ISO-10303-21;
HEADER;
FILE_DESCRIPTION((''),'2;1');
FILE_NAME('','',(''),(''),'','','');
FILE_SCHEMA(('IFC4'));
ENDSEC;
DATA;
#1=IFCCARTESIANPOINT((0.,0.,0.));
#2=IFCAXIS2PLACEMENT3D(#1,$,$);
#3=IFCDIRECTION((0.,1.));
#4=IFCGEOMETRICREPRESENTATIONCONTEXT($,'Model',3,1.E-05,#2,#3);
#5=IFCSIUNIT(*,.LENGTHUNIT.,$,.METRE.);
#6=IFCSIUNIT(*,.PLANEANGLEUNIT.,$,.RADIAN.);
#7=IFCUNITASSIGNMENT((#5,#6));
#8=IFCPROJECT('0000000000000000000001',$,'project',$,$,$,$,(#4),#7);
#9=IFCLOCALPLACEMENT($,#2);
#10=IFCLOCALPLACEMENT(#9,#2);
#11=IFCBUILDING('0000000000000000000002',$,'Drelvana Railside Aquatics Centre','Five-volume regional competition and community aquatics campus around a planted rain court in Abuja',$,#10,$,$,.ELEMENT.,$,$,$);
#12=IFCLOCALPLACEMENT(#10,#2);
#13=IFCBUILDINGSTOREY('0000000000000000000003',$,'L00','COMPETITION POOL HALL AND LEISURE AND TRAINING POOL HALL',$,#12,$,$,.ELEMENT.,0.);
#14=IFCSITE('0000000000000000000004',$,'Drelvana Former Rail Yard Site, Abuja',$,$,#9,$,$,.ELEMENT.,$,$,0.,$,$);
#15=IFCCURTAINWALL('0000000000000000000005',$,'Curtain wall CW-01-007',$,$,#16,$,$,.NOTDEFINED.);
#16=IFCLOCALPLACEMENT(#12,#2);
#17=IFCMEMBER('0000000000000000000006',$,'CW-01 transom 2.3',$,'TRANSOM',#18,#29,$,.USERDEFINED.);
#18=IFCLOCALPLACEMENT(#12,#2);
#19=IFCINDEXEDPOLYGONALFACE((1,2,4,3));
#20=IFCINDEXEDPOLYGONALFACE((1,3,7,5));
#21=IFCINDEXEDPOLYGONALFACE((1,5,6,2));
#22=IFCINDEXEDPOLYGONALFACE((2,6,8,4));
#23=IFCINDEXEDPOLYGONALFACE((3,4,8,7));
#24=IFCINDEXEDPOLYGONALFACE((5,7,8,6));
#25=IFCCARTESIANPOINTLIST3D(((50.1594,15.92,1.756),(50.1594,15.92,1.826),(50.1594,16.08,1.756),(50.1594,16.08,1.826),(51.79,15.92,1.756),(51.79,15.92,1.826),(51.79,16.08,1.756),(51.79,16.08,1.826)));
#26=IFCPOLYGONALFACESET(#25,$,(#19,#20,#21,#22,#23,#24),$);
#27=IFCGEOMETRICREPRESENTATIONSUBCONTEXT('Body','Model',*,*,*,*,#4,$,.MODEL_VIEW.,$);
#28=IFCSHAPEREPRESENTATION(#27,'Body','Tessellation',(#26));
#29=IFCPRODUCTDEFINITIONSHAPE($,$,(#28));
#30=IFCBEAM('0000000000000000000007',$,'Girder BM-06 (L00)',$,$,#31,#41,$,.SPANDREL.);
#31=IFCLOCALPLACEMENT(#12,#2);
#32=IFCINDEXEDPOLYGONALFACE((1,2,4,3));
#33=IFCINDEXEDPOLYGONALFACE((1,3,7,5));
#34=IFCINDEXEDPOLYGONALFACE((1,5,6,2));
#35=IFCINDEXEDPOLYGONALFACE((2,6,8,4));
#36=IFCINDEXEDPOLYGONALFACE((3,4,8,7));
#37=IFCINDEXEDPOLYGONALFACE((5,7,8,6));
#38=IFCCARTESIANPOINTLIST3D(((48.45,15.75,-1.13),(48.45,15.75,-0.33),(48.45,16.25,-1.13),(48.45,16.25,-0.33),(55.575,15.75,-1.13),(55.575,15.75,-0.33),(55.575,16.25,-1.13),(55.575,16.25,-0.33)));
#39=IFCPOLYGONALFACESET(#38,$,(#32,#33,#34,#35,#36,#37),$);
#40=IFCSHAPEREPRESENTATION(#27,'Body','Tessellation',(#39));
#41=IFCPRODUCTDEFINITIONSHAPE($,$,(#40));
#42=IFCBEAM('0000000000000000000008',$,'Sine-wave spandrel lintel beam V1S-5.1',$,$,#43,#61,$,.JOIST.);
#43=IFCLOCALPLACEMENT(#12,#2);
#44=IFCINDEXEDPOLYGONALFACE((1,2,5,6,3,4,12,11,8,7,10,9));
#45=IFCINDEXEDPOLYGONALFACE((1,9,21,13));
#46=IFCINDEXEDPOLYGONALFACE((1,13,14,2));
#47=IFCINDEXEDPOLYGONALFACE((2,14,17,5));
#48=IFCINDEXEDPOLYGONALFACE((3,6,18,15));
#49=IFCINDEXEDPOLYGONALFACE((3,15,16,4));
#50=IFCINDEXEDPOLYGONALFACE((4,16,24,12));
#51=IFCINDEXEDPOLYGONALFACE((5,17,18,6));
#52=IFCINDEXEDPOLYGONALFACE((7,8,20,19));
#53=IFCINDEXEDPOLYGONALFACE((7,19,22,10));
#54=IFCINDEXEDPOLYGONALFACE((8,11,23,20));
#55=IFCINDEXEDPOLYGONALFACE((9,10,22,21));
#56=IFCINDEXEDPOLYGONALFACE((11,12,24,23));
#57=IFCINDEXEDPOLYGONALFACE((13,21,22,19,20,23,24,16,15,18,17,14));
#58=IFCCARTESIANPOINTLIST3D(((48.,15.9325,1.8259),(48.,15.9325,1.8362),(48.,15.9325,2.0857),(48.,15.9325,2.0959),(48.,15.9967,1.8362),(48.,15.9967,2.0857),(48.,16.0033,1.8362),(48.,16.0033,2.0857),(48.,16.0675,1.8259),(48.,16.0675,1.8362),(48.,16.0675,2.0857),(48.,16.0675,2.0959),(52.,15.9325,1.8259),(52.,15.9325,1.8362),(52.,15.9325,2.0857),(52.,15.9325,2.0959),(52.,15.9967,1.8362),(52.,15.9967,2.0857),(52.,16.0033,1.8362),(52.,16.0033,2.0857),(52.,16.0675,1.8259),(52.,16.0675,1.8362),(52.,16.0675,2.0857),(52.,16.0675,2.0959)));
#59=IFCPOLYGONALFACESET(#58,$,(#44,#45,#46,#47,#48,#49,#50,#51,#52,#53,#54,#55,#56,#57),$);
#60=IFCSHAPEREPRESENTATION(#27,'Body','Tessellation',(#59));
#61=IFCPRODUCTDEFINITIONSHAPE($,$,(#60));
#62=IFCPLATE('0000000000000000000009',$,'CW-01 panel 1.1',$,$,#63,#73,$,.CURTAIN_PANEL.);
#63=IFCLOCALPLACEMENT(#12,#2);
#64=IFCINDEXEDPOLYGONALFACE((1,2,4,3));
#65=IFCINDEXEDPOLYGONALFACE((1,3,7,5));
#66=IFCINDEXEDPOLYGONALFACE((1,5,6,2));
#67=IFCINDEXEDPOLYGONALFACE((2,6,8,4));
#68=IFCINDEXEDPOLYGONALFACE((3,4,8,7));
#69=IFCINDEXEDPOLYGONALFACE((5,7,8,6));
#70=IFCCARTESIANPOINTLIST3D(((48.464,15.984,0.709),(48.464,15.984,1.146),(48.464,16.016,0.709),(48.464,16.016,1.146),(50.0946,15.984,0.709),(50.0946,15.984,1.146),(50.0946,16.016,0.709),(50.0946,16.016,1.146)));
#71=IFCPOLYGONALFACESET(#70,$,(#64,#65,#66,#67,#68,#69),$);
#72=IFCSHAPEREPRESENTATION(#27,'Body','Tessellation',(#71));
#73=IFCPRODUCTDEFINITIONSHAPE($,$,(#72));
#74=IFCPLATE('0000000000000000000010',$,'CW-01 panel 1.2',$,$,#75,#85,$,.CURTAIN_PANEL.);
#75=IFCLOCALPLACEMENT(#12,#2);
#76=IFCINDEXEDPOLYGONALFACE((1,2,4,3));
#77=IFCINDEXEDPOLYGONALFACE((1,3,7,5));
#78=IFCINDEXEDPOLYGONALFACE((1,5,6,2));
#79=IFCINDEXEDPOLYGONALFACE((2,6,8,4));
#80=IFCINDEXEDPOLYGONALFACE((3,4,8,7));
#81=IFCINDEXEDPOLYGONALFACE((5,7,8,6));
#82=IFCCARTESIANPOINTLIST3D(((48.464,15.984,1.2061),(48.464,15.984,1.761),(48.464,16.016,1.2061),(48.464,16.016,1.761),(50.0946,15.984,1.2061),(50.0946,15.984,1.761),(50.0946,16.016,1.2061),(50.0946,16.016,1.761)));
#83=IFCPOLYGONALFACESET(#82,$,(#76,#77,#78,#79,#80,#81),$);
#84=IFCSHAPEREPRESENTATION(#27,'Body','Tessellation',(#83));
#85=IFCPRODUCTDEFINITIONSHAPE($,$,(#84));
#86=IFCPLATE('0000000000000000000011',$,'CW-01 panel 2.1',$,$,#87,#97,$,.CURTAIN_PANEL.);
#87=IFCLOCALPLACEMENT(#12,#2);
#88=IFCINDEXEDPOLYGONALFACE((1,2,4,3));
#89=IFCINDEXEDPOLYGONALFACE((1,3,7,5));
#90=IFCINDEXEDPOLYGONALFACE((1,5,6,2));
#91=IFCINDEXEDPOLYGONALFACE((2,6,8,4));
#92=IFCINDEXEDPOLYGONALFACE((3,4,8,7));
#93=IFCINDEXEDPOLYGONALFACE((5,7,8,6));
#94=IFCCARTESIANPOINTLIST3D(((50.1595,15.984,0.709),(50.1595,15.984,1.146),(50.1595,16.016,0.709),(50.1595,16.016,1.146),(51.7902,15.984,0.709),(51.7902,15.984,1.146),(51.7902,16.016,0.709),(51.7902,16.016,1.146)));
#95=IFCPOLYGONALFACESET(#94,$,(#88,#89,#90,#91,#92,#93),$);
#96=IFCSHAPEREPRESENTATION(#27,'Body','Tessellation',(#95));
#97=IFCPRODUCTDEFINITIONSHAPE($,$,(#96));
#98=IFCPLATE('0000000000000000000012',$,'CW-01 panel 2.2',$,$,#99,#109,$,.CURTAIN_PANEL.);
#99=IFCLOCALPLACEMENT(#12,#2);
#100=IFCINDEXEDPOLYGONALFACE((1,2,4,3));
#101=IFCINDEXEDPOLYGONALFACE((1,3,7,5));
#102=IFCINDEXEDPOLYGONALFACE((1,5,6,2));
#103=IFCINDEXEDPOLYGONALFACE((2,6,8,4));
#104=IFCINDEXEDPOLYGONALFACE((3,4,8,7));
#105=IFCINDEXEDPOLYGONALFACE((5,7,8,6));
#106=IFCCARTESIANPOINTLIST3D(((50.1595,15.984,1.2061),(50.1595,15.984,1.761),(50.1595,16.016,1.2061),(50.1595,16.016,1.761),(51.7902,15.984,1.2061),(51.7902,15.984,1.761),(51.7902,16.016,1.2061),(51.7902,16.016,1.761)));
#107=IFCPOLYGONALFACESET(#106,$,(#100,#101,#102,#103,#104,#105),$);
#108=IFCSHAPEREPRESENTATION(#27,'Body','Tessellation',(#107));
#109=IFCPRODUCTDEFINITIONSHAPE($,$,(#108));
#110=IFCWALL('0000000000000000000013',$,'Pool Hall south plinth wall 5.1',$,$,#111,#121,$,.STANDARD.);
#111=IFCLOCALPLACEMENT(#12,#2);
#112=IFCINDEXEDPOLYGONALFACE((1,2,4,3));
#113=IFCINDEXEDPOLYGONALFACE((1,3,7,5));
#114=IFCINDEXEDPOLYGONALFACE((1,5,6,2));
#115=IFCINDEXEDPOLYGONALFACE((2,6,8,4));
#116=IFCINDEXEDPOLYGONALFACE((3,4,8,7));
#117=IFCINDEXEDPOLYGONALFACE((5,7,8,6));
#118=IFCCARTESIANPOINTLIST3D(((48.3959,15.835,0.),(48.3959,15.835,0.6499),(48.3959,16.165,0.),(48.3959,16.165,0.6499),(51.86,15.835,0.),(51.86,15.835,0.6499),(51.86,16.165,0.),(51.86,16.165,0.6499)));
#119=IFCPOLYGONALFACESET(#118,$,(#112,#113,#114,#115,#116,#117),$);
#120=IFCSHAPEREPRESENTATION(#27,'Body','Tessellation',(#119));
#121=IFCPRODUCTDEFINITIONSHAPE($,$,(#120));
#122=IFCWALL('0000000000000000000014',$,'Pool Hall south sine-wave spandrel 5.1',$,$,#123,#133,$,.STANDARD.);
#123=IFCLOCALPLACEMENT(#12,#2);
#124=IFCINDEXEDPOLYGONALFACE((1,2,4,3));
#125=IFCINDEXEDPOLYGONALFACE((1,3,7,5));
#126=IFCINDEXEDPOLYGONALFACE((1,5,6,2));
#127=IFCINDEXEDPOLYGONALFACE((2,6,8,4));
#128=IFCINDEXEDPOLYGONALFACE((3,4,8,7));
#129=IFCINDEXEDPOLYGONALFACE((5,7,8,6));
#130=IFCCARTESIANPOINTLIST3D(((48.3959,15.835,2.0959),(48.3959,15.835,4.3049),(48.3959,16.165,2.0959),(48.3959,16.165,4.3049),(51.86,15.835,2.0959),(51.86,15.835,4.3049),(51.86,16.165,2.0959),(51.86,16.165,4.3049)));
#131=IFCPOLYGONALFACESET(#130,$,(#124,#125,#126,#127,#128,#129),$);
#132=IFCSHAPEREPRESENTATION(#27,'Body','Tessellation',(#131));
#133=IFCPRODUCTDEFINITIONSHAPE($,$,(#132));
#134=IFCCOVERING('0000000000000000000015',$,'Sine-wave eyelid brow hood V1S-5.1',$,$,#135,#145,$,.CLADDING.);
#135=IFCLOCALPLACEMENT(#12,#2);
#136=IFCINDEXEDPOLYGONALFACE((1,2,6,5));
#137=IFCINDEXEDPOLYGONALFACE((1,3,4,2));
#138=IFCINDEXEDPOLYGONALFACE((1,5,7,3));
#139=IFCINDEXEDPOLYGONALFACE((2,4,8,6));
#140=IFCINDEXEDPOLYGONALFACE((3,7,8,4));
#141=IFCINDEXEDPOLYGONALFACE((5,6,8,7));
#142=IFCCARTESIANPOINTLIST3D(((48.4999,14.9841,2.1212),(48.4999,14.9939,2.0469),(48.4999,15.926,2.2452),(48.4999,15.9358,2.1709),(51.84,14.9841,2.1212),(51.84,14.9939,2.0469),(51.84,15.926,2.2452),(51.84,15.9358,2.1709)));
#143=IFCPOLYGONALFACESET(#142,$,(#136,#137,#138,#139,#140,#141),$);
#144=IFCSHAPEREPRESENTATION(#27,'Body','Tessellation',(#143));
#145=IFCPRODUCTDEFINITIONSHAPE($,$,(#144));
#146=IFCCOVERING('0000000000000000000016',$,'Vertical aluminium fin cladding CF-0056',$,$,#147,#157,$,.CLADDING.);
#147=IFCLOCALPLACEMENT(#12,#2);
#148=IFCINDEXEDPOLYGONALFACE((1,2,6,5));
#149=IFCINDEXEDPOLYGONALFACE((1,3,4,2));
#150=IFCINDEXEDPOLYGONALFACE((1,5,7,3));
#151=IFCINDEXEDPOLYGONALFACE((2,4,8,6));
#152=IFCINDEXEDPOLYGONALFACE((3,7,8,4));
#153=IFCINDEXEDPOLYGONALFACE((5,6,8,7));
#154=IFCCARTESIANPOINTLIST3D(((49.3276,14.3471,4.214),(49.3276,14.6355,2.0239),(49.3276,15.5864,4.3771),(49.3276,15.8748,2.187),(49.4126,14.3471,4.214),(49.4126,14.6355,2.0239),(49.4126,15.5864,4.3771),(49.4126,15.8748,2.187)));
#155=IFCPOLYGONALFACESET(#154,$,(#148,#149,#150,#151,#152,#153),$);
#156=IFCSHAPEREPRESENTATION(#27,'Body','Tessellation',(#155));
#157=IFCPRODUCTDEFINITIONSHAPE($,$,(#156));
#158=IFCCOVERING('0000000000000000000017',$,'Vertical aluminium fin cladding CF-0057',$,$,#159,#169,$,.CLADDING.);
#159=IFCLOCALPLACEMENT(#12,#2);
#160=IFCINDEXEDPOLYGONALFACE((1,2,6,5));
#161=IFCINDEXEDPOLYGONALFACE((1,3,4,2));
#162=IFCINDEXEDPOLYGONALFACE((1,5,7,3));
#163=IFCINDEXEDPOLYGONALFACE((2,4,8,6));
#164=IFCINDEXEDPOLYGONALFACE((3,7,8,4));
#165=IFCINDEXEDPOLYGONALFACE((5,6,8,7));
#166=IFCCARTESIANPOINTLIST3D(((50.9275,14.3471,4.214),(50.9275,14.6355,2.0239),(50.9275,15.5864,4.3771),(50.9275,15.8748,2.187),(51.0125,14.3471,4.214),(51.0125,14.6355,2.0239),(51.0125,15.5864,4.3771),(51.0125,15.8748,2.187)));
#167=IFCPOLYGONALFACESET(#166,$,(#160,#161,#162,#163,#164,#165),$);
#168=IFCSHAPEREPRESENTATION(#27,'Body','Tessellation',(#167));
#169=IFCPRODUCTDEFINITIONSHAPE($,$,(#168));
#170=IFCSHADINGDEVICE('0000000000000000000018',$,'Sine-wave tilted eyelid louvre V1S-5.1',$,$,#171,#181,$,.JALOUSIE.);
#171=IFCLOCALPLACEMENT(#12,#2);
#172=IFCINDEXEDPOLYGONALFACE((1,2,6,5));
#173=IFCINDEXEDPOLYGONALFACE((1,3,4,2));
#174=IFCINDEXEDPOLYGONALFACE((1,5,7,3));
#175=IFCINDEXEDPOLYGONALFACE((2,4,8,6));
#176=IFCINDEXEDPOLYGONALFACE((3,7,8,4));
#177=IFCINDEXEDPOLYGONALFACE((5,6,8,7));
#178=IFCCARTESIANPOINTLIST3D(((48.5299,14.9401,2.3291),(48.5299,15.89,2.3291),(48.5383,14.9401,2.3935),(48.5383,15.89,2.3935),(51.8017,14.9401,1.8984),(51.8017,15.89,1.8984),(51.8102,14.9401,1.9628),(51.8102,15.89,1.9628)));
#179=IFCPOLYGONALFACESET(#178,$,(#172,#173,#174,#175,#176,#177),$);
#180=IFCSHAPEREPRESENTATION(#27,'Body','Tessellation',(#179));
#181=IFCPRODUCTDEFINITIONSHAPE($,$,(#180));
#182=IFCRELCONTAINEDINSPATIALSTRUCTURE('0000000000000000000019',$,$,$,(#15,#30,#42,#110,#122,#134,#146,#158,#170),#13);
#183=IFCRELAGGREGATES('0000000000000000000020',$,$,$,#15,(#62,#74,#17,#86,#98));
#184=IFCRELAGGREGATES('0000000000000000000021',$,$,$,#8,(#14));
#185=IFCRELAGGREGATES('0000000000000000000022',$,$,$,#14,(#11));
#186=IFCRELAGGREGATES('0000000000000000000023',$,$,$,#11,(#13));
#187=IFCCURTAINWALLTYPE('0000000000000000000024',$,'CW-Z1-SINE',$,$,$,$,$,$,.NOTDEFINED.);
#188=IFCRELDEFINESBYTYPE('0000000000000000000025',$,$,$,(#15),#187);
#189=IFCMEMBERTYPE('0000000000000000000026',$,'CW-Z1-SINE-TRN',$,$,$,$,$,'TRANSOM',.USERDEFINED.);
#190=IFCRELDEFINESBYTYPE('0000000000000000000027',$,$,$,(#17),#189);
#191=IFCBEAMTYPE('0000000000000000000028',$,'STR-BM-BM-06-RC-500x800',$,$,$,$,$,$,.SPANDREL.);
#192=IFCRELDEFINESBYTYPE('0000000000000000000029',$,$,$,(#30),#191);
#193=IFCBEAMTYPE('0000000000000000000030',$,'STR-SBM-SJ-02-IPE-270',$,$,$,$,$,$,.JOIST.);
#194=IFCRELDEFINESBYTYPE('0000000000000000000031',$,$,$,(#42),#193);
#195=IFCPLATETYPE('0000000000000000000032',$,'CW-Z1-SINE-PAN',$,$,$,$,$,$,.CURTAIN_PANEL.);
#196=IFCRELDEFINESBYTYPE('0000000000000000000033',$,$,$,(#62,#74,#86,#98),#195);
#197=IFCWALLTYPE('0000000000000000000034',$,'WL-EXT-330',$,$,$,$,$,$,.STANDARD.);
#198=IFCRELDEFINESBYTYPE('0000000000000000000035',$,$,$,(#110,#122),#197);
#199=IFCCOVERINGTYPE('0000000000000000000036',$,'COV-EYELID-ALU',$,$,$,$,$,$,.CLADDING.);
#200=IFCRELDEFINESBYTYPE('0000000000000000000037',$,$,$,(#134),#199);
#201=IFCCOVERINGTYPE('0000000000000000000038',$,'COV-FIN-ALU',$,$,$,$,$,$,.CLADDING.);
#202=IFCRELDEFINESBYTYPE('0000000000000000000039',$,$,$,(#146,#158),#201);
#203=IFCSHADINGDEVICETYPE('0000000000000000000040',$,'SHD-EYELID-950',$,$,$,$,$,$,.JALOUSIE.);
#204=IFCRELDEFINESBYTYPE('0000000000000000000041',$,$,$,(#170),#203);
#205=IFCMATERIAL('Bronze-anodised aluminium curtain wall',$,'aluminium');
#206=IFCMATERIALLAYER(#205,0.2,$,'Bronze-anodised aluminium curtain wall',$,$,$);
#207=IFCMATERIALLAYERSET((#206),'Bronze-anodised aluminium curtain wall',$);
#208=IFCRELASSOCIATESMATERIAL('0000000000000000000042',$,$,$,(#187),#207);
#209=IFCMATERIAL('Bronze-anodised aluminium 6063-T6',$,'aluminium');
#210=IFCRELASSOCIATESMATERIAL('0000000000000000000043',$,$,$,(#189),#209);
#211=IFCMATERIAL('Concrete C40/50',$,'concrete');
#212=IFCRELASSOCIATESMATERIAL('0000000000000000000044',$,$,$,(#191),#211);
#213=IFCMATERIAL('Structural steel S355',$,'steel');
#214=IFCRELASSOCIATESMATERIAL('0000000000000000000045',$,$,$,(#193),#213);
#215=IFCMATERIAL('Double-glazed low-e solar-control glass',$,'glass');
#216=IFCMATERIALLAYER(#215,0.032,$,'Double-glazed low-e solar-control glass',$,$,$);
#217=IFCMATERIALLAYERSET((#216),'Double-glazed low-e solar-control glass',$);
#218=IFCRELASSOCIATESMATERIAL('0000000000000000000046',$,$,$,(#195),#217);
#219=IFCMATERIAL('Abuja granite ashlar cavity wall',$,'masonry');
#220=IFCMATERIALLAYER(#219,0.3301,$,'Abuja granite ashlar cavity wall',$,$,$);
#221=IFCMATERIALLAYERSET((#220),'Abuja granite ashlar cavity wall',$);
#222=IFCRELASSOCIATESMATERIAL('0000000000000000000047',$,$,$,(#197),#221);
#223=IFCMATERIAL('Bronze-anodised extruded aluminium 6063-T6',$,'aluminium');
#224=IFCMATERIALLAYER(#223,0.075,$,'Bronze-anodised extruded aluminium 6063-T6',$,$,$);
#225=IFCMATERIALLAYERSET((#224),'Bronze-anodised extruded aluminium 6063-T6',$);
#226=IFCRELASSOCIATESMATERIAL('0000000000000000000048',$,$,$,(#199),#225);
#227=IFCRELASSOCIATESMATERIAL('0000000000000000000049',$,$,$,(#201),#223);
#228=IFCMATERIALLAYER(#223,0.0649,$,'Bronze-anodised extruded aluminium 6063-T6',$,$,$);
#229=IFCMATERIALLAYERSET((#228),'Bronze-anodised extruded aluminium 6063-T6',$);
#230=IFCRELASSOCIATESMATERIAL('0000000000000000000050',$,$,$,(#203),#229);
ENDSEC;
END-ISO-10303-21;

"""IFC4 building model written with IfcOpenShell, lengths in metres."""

from ifc_helpers import new_model, si_unit, direction, frame, frame_2d, origin, origin_2d, place, context, subcontext, project, spatial, rectangle, i_section, extrude, material, layer, layer_set, material_profile, profile_set, type_object, element, aggregate, save


model = new_model("IFC4")

# Units and contexts
model_context = context("Model", 3, precision=1e-05, world=origin(), true_north=direction((0.0, 1.0)))
body_context = subcontext(model_context, "Body", "Model", "MODEL_VIEW")
ifc_project = project(units=[si_unit("LENGTHUNIT", "METRE"), si_unit("PLANEANGLEUNIT", "RADIAN")], contexts=[model_context])

# Site, building, storey
site_placement = place(None, origin())
site = spatial("IfcSite", under=ifc_project, at=site_placement, Name="Drelvana Former Rail Yard Site, Abuja", CompositionType="ELEMENT", RefElevation=0.0)
building_placement = place(site_placement, origin())
building = spatial("IfcBuilding", under=site, at=building_placement, Name="Drelvana Railside Aquatics Centre", Description="Five-volume regional competition and community aquatics campus around a planted rain court in Abuja", CompositionType="ELEMENT")
storey_placement = place(building_placement, origin())
storey = spatial("IfcBuildingStorey", under=building, at=storey_placement, Name="L00", Description="COMPETITION POOL HALL AND LEISURE AND TRAINING POOL HALL", CompositionType="ELEMENT", Elevation=0.0)

# Shared definitions
ifc_material_1 = material(Name="Concrete C40/50", Category="concrete")
ifc_material_2 = material(Name="Structural steel S355", Category="steel")

# Shared definitions
ifc_material_3 = material(Name="Bronze-anodised aluminium curtain wall", Category="aluminium")
ifc_layer_1 = layer(ifc_material_3, 0.2, Name="Bronze-anodised aluminium curtain wall")
ifc_layer_set_1 = layer_set([ifc_layer_1], Name="Bronze-anodised aluminium curtain wall")
curtain_wall_type = type_object("IfcCurtainWallType", Name="CW-Z1-SINE", PredefinedType="NOTDEFINED", material=ifc_layer_set_1)
ifc_material_4 = material(Name="Bronze-anodised aluminium 6063-T6", Category="aluminium")

# Curtain wall, member
curtain_wall_1_placement = place(storey_placement, origin())
curtain_wall_1 = element("IfcCurtainWall", 1, at=curtain_wall_1_placement, inside=storey, type_object=curtain_wall_type, Name="Curtain wall CW-01-007", PredefinedType="NOTDEFINED")
ifc_material_profile_1 = material_profile(ifc_material_4, rectangle(XDim=0.1599, YDim=0.0701, at=origin_2d()), Name="ALU-T 70x160")
ifc_profile_set_1 = profile_set([ifc_material_profile_1], Name="Bronze-anodised aluminium 6063-T6")
member_type_1 = type_object("IfcMemberType", Name="CW-Z1-SINE-TRN", ElementType="TRANSOM", PredefinedType="USERDEFINED", material=ifc_profile_set_1)
member_1_placement = place(storey_placement, frame((50.1594, 16.0, 1.791), z_axis=(1.0, 0.0, 0.0), x_axis=(0.0, 1.0, 0.0)))
member_1 = element("IfcMember", 2, at=member_1_placement, type_object=member_type_1, Name="CW-01 transom 2.3", ObjectType="TRANSOM", PredefinedType="USERDEFINED", context=body_context, shape_type="SweptSolid", body=[
    extrude(rectangle(XDim=0.1599, YDim=0.0701, at=origin_2d()), origin(), (0.0, 0.0, 1.0), 1.6306),
])

# Beams
ifc_material_profile_2 = material_profile(ifc_material_1, rectangle(XDim=0.5, YDim=0.8, at=origin_2d()), Name="RC 500x800")
ifc_profile_set_2 = profile_set([ifc_material_profile_2], Name="Concrete C40/50")
beam_type_1 = type_object("IfcBeamType", Name="STR-BM-BM-06-RC-500x800", PredefinedType="SPANDREL", material=ifc_profile_set_2)
beam_1_placement = place(storey_placement, frame((48.45, 16.0, -0.73), z_axis=(1.0, 0.0, 0.0), x_axis=(0.0, 1.0, 0.0)))
element("IfcBeam", 3, at=beam_1_placement, inside=storey, type_object=beam_type_1, Name="Girder BM-06 (L00)", PredefinedType="SPANDREL", context=body_context, shape_type="SweptSolid", body=[
    extrude(rectangle(XDim=0.5, YDim=0.8, at=origin_2d()), origin(), (0.0, 0.0, 1.0), 7.125),
])
ifc_material_profile_3 = material_profile(ifc_material_2, i_section(OverallWidth=0.135, OverallDepth=0.27, WebThickness=0.0066, FlangeThickness=0.0103, at=origin_2d()), Name="IPE 270")
ifc_profile_set_3 = profile_set([ifc_material_profile_3], Name="Structural steel S355")
beam_type_2 = type_object("IfcBeamType", Name="STR-SBM-SJ-02-IPE-270", PredefinedType="JOIST", material=ifc_profile_set_3)
beam_2_placement = place(storey_placement, frame((48.0, 16.0, 1.9609), z_axis=(1.0, 0.0, 0.0), x_axis=(0.0, 1.0, 0.0)))
element("IfcBeam", 4, at=beam_2_placement, inside=storey, type_object=beam_type_2, Name="Sine-wave spandrel lintel beam V1S-5.1", PredefinedType="JOIST", context=body_context, shape_type="SweptSolid", body=[
    extrude(i_section(OverallWidth=0.135, OverallDepth=0.27, WebThickness=0.0066, FlangeThickness=0.0103, at=origin_2d()), origin(), (0.0, 0.0, 1.0), 4.0),
])

# Plates
ifc_material_5 = material(Name="Double-glazed low-e solar-control glass", Category="glass")
ifc_layer_2 = layer(ifc_material_5, 0.032, Name="Double-glazed low-e solar-control glass")
ifc_layer_set_2 = layer_set([ifc_layer_2], Name="Double-glazed low-e solar-control glass")
plate_type = type_object("IfcPlateType", Name="CW-Z1-SINE-PAN", PredefinedType="CURTAIN_PANEL", material=ifc_layer_set_2)
plate_1_placement = place(storey_placement, frame((49.2793, 16.0, 0.709), z_axis=(0.0, 0.0, 1.0), x_axis=(1.0, 0.0, 0.0)))
plate_1 = element("IfcPlate", 5, at=plate_1_placement, type_object=plate_type, Name="CW-01 panel 1.1", PredefinedType="CURTAIN_PANEL", context=body_context, shape_type="SweptSolid", body=[
    extrude(rectangle(XDim=1.6306, YDim=0.032, at=origin_2d()), origin(), (0.0, 0.0, 1.0), 0.437),
])
plate_2_placement = place(storey_placement, frame((49.2793, 16.0, 1.2061), z_axis=(0.0, 0.0, 1.0), x_axis=(1.0, 0.0, 0.0)))
plate_2 = element("IfcPlate", 6, at=plate_2_placement, type_object=plate_type, Name="CW-01 panel 1.2", PredefinedType="CURTAIN_PANEL", context=body_context, shape_type="SweptSolid", body=[
    extrude(rectangle(XDim=1.6306, YDim=0.032, at=origin_2d()), origin(), (0.0, 0.0, 1.0), 0.5549),
])
plate_3_placement = place(storey_placement, frame((50.9749, 16.0, 0.709), z_axis=(0.0, 0.0, 1.0), x_axis=(1.0, 0.0, 0.0)))
plate_3 = element("IfcPlate", 7, at=plate_3_placement, type_object=plate_type, Name="CW-01 panel 2.1", PredefinedType="CURTAIN_PANEL", context=body_context, shape_type="SweptSolid", body=[
    extrude(rectangle(XDim=1.6306, YDim=0.032, at=origin_2d()), origin(), (0.0, 0.0, 1.0), 0.437),
])
plate_4_placement = place(storey_placement, frame((50.9749, 16.0, 1.2061), z_axis=(0.0, 0.0, 1.0), x_axis=(1.0, 0.0, 0.0)))
plate_4 = element("IfcPlate", 8, at=plate_4_placement, type_object=plate_type, Name="CW-01 panel 2.2", PredefinedType="CURTAIN_PANEL", context=body_context, shape_type="SweptSolid", body=[
    extrude(rectangle(XDim=1.6306, YDim=0.032, at=origin_2d()), origin(), (0.0, 0.0, 1.0), 0.5549),
])
aggregate(curtain_wall_1, [plate_1, plate_2, member_1, plate_3, plate_4])

# Walls
ifc_material_6 = material(Name="Abuja granite ashlar cavity wall", Category="masonry")
ifc_layer_3 = layer(ifc_material_6, 0.3301, Name="Abuja granite ashlar cavity wall")
ifc_layer_set_3 = layer_set([ifc_layer_3], Name="Abuja granite ashlar cavity wall")
wall_type = type_object("IfcWallType", Name="WL-EXT-330", PredefinedType="STANDARD", material=ifc_layer_set_3)
wall_1_placement = place(storey_placement, frame((48.396, 16.0, 0.0), z_axis=(0.0, 0.0, 1.0), x_axis=(1.0, 0.0, 0.0)))
element("IfcWall", 9, at=wall_1_placement, inside=storey, type_object=wall_type, Name="Pool Hall south plinth wall 5.1", PredefinedType="STANDARD", context=body_context, shape_type="SweptSolid", body=[
    extrude(rectangle(XDim=3.4641, YDim=0.3301, at=frame_2d((1.7319, 0.0))), origin(), (0.0, 0.0, 1.0), 0.6499),
])
wall_2_placement = place(storey_placement, frame((48.396, 16.0, 2.0959), z_axis=(0.0, 0.0, 1.0), x_axis=(1.0, 0.0, 0.0)))
element("IfcWall", 10, at=wall_2_placement, inside=storey, type_object=wall_type, Name="Pool Hall south sine-wave spandrel 5.1", PredefinedType="STANDARD", context=body_context, shape_type="SweptSolid", body=[
    extrude(rectangle(XDim=3.4641, YDim=0.3301, at=frame_2d((1.7319, 0.0))), origin(), (0.0, 0.0, 1.0), 2.209),
])

# Coverings
ifc_material_7 = material(Name="Bronze-anodised extruded aluminium 6063-T6", Category="aluminium")
ifc_layer_4 = layer(ifc_material_7, 0.075, Name="Bronze-anodised extruded aluminium 6063-T6")
ifc_layer_set_4 = layer_set([ifc_layer_4], Name="Bronze-anodised extruded aluminium 6063-T6")
covering_type_1 = type_object("IfcCoveringType", Name="COV-EYELID-ALU", PredefinedType="CLADDING", material=ifc_layer_set_4)
covering_placement = place(storey_placement, frame((50.1699, 15.4648, 2.1089), z_axis=(0.0, -0.130526, 0.991445), x_axis=(-1.0, 0.0, 0.0)))
element("IfcCovering", 11, at=covering_placement, inside=storey, type_object=covering_type_1, Name="Sine-wave eyelid brow hood V1S-5.1", PredefinedType="CLADDING", context=body_context, shape_type="SweptSolid", body=[
    extrude(rectangle(XDim=3.3401, YDim=0.95, at=origin_2d()), origin(), (0.0, 0.0, 1.0), 0.075),
])
covering_type_2 = type_object("IfcCoveringType", Name="COV-FIN-ALU", PredefinedType="CLADDING", material=ifc_material_7)
for number, where, z_axis, x_axis, name in (
    (12, (49.3701, 15.2551, 2.1055), (0.0, -0.130526, 0.991445), (-1.0, 0.0, 0.0), "Vertical aluminium fin cladding CF-0056"),
    (13, (50.97, 15.2551, 2.1055), (0.0, -0.130526, 0.991445), (-1.0, 0.0, 0.0), "Vertical aluminium fin cladding CF-0057"),
):
    element("IfcCovering", number, at=place(storey_placement, frame(where, z_axis=z_axis, x_axis=x_axis)), inside=storey, type_object=covering_type_2, Name=name, PredefinedType="CLADDING", context=body_context, shape_type="SweptSolid", body=[
        extrude(rectangle(XDim=0.085, YDim=1.25, at=origin_2d()), origin(), (0.0, 0.0, 1.0), 2.209),
    ])

# Shading device
ifc_layer_5 = layer(ifc_material_7, 0.0649, Name="Bronze-anodised extruded aluminium 6063-T6")
ifc_layer_set_5 = layer_set([ifc_layer_5], Name="Bronze-anodised extruded aluminium 6063-T6")
shading_device_type_1 = type_object("IfcShadingDeviceType", Name="SHD-EYELID-950", PredefinedType="JALOUSIE", material=ifc_layer_set_5)
shading_device_placement = place(storey_placement, frame((50.1658, 15.415, 2.1138), z_axis=(0.130526, 0.0, 0.991445), x_axis=(0.0, -1.0, 0.0)))
element("IfcShadingDevice", 14, at=shading_device_placement, inside=storey, type_object=shading_device_type_1, Name="Sine-wave tilted eyelid louvre V1S-5.1", PredefinedType="JALOUSIE", context=body_context, shape_type="SweptSolid", body=[
    extrude(rectangle(XDim=0.95, YDim=3.3, at=origin_2d()), origin(), (0.0, 0.0, 1.0), 0.0649),
])

save(model, "model.ifc")
